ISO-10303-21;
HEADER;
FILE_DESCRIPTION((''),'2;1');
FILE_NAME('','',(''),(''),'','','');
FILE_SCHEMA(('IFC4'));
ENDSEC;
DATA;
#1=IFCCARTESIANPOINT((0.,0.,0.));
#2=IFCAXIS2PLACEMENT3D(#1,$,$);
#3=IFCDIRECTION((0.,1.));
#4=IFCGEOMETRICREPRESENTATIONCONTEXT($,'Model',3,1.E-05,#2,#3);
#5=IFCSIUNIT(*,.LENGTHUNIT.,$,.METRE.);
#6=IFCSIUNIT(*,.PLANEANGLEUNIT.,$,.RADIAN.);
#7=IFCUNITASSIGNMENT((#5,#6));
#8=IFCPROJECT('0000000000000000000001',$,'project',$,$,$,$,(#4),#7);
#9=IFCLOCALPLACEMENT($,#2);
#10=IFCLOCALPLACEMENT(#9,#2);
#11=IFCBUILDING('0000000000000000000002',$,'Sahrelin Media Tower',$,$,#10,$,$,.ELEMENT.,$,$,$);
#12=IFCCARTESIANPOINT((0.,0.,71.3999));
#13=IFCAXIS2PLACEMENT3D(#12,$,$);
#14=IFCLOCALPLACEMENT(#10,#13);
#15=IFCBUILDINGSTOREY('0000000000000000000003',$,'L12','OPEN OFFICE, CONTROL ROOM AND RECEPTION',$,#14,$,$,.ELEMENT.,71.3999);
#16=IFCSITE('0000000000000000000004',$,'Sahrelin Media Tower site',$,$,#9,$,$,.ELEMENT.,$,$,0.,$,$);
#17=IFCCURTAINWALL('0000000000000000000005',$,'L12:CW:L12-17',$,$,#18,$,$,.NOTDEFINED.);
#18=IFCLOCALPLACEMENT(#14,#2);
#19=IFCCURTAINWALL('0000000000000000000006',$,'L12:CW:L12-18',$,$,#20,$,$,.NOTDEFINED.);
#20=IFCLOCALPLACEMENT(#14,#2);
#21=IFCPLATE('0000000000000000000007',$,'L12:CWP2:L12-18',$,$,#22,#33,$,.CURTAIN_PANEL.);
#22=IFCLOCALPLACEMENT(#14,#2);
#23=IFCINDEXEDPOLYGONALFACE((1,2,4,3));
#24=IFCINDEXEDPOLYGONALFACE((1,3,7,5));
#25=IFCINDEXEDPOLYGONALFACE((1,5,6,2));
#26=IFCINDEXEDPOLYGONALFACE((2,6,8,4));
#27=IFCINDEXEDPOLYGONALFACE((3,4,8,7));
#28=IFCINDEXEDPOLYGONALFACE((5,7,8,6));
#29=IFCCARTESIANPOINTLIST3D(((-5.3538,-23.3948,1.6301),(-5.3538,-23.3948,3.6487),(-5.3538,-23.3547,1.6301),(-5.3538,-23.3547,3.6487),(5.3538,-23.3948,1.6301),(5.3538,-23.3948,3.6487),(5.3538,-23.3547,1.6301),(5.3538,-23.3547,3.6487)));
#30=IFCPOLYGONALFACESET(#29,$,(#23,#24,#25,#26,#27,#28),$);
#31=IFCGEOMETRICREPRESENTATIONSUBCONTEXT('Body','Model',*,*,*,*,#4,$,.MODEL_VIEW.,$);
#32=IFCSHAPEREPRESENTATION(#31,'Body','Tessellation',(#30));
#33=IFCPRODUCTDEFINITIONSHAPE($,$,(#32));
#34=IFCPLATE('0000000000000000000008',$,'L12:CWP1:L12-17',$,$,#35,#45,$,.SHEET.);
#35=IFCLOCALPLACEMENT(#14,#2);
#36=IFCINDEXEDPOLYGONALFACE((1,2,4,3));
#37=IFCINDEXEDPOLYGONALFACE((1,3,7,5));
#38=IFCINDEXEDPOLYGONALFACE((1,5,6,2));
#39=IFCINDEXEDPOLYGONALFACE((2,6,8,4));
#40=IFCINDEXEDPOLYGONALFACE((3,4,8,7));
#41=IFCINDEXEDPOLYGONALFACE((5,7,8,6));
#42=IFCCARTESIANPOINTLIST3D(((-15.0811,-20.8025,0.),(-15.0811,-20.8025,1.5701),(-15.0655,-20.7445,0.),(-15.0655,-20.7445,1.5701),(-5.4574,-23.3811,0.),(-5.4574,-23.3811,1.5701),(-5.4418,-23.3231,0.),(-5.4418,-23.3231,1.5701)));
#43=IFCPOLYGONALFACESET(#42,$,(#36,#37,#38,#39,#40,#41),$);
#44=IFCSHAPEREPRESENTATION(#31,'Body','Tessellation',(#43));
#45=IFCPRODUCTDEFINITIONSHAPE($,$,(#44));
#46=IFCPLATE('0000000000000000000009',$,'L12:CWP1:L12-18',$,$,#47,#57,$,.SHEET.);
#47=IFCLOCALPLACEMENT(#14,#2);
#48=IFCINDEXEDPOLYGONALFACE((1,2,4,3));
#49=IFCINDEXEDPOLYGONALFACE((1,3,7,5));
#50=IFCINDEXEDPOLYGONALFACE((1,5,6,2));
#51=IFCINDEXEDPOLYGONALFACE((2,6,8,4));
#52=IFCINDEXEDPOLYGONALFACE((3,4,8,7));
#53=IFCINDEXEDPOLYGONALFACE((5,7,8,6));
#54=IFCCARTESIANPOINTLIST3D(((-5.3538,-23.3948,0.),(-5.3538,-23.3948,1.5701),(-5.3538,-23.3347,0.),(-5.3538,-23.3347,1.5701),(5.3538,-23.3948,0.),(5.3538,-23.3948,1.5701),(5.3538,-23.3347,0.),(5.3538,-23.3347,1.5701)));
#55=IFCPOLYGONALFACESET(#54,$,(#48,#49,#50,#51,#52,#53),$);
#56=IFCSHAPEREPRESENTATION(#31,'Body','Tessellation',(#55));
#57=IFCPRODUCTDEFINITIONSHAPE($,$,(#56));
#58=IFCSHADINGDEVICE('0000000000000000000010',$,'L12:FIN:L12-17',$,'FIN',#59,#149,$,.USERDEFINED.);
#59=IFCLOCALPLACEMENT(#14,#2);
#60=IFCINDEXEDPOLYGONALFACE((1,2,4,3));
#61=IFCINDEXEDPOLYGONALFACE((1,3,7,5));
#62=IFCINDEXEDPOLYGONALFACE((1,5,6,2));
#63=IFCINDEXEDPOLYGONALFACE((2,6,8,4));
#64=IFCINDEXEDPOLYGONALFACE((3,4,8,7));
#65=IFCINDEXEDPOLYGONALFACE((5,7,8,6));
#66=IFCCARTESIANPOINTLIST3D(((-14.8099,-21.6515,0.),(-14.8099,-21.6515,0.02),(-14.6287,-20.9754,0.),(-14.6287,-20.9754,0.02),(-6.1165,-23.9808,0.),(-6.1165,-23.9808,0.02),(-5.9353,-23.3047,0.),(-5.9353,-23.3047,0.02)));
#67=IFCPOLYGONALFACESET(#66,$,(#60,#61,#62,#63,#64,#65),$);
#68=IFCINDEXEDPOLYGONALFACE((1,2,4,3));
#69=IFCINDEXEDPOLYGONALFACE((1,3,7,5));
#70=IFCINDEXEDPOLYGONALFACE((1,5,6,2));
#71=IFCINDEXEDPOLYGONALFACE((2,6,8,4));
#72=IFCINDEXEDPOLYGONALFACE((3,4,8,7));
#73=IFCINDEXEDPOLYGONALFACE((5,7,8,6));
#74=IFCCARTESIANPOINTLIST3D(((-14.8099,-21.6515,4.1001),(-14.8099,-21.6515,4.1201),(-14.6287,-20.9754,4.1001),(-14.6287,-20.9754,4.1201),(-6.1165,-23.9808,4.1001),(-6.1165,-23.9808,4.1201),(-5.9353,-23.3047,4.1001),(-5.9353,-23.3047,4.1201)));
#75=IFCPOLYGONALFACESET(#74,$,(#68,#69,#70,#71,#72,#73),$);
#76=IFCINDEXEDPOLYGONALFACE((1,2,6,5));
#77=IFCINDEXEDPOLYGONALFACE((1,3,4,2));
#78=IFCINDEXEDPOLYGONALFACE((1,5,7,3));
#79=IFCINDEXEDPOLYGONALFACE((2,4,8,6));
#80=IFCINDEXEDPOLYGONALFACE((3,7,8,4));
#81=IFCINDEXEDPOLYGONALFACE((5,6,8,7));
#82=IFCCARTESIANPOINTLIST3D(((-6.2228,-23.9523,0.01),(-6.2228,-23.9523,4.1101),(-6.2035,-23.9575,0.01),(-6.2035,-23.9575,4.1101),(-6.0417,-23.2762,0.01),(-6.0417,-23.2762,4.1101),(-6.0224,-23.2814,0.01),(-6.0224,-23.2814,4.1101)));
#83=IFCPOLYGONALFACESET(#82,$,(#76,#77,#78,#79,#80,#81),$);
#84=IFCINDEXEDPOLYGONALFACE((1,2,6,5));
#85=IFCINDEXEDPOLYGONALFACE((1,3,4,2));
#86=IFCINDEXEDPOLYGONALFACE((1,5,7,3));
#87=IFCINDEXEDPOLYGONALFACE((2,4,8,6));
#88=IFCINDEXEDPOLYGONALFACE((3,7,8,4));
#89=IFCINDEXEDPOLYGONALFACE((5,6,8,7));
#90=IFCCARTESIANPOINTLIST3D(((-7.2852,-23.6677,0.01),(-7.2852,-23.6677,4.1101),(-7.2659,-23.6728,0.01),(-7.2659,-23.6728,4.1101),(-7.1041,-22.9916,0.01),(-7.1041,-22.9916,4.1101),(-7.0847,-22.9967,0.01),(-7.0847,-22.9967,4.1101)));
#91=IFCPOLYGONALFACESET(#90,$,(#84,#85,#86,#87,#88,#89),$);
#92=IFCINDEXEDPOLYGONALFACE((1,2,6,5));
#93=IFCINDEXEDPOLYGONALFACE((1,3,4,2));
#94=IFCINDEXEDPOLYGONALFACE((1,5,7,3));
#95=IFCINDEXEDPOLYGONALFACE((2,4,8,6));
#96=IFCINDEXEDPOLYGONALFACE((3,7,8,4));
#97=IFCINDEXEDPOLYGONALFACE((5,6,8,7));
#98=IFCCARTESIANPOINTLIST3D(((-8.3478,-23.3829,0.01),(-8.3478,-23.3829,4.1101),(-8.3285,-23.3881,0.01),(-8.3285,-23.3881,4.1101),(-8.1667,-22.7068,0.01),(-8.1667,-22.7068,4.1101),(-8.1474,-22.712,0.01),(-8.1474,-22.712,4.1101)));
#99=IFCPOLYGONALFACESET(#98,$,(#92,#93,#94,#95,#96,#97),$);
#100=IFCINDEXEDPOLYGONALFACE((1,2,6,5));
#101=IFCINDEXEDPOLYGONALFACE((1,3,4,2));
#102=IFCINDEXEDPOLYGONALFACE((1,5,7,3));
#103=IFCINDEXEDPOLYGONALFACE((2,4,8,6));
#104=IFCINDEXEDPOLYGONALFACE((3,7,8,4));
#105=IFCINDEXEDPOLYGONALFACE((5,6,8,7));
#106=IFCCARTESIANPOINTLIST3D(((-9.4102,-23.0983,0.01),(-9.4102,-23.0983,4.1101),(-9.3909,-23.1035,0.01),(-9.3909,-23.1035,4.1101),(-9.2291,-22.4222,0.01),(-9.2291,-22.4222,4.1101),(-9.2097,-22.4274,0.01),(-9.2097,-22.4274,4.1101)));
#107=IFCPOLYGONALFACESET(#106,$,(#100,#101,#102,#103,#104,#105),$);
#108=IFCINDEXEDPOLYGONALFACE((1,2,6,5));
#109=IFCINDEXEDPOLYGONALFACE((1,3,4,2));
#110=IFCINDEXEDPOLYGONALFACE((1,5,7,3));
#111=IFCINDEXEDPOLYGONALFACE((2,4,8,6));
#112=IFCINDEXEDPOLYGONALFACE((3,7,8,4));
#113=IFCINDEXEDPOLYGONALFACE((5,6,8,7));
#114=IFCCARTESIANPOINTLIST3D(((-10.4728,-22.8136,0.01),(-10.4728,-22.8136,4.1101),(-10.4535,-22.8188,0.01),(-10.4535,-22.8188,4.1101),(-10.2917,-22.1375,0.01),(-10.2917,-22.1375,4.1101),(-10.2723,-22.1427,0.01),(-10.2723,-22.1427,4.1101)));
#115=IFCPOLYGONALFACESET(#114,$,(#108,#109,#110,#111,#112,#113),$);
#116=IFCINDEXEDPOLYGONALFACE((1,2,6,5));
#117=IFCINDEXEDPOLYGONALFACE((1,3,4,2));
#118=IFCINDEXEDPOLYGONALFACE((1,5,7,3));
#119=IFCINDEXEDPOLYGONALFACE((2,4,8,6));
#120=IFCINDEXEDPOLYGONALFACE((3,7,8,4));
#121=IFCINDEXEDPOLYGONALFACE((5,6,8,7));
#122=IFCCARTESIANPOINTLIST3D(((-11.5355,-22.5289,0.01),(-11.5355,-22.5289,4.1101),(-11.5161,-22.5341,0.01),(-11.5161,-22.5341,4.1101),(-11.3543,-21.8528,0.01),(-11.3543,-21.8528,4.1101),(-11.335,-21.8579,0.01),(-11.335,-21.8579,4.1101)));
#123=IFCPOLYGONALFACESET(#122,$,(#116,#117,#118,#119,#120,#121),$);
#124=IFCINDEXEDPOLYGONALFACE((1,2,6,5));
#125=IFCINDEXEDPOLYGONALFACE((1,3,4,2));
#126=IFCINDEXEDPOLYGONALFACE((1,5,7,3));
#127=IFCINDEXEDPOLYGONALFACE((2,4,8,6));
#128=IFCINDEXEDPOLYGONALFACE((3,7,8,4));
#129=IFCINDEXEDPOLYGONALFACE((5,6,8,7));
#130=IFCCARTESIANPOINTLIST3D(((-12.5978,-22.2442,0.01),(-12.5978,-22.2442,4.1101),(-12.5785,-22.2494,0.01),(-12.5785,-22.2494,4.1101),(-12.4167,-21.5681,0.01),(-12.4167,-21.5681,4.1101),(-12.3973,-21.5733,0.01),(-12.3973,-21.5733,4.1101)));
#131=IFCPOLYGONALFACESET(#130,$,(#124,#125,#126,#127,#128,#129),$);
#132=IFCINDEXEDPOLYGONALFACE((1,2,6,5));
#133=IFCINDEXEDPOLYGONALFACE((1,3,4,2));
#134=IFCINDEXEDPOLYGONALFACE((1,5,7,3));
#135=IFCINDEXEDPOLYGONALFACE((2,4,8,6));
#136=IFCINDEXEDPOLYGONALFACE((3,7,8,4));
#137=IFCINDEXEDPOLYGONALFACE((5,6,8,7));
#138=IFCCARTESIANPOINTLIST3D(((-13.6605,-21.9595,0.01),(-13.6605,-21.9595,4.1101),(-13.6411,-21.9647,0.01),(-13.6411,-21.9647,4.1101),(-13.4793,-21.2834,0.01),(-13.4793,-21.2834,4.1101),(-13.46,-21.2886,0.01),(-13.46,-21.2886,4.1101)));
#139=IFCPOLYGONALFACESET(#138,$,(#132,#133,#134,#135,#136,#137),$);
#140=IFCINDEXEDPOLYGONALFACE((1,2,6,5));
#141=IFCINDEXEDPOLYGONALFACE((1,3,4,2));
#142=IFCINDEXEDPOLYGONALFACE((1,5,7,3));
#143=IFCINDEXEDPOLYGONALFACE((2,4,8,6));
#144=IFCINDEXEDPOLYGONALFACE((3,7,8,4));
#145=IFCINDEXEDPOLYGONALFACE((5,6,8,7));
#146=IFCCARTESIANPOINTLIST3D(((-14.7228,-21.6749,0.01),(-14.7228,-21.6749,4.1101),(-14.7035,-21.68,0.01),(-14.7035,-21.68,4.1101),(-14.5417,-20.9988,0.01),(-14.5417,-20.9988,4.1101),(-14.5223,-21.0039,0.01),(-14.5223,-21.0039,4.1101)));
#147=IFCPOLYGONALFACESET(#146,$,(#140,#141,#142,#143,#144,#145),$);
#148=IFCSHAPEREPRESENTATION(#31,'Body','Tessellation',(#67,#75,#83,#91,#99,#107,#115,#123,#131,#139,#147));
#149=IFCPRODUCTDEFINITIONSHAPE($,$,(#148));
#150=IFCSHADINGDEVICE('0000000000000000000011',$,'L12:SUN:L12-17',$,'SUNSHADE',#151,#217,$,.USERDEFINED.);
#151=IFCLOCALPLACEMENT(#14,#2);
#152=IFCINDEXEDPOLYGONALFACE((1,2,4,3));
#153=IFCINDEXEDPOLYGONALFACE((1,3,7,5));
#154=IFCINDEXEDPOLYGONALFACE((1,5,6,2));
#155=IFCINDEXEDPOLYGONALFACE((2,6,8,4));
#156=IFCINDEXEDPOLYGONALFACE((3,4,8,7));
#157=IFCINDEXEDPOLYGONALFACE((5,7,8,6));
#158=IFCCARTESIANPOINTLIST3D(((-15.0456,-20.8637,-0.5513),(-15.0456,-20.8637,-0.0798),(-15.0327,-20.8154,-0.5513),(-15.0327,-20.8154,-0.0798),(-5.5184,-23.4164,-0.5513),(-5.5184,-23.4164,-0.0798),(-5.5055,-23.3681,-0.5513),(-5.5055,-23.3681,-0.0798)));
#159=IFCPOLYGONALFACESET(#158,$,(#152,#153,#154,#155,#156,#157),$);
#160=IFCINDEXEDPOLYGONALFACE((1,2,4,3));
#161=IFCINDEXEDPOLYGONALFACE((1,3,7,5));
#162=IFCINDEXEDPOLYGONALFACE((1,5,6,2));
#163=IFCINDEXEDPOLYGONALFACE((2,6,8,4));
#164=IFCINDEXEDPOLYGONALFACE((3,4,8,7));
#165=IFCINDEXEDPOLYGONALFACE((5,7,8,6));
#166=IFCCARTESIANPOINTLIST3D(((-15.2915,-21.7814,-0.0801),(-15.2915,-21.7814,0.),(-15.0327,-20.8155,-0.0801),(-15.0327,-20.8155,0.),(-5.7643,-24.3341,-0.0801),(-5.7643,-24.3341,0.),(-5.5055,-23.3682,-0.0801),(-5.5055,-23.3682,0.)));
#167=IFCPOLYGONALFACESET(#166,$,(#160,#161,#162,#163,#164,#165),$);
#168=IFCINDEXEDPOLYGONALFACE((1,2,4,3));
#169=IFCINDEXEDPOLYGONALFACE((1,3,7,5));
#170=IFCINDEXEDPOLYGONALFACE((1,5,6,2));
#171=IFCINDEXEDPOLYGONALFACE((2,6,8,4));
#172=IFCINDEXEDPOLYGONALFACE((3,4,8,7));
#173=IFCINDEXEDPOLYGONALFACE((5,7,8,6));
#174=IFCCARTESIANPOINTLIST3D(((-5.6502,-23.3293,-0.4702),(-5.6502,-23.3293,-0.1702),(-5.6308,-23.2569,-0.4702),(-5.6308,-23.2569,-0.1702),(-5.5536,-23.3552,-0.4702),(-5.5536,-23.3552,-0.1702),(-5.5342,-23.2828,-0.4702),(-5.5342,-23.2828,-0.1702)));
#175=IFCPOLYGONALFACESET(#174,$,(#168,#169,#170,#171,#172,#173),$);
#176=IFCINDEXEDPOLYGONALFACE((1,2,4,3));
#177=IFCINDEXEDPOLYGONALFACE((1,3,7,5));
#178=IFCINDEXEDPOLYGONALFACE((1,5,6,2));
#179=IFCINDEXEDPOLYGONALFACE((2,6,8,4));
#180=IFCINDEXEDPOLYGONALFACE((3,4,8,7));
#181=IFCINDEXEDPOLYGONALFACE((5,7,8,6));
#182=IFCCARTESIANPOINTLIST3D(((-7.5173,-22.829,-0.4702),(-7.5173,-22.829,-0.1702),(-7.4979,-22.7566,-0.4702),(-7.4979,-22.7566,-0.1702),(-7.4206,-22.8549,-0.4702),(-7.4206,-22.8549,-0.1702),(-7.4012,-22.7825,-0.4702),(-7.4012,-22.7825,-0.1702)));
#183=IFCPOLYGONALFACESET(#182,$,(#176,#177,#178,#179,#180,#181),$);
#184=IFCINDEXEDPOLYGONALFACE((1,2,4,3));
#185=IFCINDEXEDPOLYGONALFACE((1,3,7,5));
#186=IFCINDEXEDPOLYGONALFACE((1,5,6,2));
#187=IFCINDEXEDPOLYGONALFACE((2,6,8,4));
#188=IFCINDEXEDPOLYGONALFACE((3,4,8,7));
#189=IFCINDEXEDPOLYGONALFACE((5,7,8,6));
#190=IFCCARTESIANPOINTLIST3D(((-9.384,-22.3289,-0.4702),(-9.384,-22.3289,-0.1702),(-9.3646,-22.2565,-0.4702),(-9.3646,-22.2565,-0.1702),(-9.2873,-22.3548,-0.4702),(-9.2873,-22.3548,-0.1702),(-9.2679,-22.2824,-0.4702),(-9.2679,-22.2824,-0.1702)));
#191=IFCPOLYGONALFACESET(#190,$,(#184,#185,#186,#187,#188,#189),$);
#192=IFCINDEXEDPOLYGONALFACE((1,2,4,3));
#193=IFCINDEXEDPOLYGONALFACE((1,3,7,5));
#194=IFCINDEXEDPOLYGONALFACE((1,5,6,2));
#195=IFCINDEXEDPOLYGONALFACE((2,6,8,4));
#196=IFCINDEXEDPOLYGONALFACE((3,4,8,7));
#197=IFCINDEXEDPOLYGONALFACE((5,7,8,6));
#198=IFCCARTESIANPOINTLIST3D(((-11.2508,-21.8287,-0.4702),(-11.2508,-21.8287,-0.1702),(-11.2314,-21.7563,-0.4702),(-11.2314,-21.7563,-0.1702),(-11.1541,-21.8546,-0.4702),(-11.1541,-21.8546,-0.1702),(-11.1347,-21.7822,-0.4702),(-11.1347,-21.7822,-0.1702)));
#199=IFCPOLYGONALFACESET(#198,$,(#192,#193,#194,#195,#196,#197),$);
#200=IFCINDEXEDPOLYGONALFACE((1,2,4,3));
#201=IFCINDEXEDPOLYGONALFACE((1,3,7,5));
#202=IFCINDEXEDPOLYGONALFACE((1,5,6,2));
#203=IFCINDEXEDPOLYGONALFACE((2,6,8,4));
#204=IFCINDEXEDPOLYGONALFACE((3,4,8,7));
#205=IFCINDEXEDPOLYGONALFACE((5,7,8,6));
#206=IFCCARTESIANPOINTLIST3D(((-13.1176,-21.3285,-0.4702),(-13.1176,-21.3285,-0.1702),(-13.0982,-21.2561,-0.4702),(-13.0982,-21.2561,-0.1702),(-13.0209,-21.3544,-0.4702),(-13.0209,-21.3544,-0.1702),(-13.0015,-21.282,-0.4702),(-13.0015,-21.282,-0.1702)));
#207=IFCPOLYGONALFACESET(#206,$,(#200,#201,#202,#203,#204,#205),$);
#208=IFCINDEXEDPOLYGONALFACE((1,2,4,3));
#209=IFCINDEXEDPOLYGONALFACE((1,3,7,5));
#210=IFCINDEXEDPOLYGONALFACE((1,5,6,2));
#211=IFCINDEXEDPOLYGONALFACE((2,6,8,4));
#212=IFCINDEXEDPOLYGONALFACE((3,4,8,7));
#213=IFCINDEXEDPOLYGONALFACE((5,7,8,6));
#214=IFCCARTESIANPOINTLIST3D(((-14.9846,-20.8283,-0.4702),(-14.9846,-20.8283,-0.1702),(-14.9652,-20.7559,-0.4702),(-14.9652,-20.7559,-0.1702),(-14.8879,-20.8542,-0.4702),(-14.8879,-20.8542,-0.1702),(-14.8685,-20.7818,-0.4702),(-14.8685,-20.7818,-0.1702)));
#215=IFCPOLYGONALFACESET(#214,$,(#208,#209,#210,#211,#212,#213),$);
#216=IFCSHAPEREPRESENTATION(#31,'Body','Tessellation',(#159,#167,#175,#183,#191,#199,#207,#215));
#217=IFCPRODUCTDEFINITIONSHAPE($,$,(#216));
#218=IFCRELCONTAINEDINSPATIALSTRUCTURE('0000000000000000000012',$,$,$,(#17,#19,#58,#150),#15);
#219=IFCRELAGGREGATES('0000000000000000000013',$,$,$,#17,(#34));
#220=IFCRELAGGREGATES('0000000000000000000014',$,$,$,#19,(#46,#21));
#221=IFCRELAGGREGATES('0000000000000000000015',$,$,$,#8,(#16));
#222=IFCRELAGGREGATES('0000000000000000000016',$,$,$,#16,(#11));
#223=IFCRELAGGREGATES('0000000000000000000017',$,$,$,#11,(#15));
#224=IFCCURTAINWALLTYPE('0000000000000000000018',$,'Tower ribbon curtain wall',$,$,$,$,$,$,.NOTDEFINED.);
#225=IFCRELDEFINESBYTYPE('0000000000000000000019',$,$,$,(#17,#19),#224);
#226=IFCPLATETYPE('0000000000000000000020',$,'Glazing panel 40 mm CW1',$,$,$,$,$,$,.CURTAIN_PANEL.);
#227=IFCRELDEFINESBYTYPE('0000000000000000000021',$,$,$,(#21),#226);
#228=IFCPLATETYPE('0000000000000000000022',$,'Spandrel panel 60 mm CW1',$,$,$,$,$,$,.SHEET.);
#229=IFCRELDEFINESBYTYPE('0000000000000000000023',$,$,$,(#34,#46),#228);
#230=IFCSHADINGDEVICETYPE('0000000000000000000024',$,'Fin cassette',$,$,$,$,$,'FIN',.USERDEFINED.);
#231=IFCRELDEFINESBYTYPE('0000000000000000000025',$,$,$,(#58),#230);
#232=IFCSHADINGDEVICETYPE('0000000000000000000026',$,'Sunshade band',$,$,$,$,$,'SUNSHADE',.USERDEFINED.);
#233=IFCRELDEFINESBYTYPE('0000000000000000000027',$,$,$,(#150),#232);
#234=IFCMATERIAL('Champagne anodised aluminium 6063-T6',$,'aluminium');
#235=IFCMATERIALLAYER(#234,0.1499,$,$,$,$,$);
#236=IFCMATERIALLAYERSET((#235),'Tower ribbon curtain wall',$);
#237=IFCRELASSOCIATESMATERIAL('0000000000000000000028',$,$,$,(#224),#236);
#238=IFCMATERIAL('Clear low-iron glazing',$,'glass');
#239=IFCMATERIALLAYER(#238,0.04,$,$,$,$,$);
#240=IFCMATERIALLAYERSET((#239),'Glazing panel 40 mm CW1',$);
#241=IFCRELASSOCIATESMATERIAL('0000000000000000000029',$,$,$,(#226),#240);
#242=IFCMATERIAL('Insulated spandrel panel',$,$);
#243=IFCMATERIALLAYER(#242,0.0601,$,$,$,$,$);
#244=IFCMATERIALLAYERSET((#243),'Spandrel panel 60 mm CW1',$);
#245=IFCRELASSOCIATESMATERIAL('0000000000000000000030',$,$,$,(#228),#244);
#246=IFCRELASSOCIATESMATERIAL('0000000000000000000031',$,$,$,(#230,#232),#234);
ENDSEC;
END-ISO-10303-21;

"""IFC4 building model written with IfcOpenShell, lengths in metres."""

from ifc_helpers import new_model, si_unit, direction, frame, origin, origin_2d, place, context, subcontext, project, spatial, polyline, rectangle, outline, extrude, material, layer, layer_set, type_object, element, aggregate, save


model = new_model("IFC4")

# Units and contexts
model_context = context("Model", 3, precision=1e-05, world=origin(), true_north=direction((0.0, 1.0)))
body_context = subcontext(model_context, "Body", "Model", "MODEL_VIEW")
ifc_project = project(units=[si_unit("LENGTHUNIT", "METRE"), si_unit("PLANEANGLEUNIT", "RADIAN")], contexts=[model_context])

# Site, building, storey
site_placement = place(None, origin())
site = spatial("IfcSite", under=ifc_project, at=site_placement, Name="Sahrelin Media Tower site", CompositionType="ELEMENT", RefElevation=0.0)
building_placement = place(site_placement, origin())
building = spatial("IfcBuilding", under=site, at=building_placement, Name="Sahrelin Media Tower", CompositionType="ELEMENT")
storey_placement = place(building_placement, frame((0.0, 0.0, 71.3999)))
storey = spatial("IfcBuildingStorey", under=building, at=storey_placement, Name="L12", Description="OPEN OFFICE, CONTROL ROOM AND RECEPTION", CompositionType="ELEMENT", Elevation=71.3999)

# Curtain wall
ifc_material_1 = material(Name="Champagne anodised aluminium 6063-T6", Category="aluminium")
ifc_layer_1 = layer(ifc_material_1, 0.1499)
ifc_layer_set_1 = layer_set([ifc_layer_1], Name="Tower ribbon curtain wall")
curtain_wall_type = type_object("IfcCurtainWallType", Name="Tower ribbon curtain wall", PredefinedType="NOTDEFINED", material=ifc_layer_set_1)
curtain_wall_1_placement = place(storey_placement, frame((-10.2639, -22.0725, 0.0), z_axis=(0.0, 0.0, 1.0), x_axis=(1.0, 0.0, 0.0)))
curtain_wall_1 = element("IfcCurtainWall", 1, at=curtain_wall_1_placement, inside=storey, type_object=curtain_wall_type, Name="L12:CW:L12-17", PredefinedType="NOTDEFINED")

# Curtain wall
curtain_wall_2_placement = place(storey_placement, frame((0.0, -23.3748, 0.0), z_axis=(0.0, 0.0, 1.0), x_axis=(1.0, 0.0, 0.0)))
curtain_wall_2 = element("IfcCurtainWall", 2, at=curtain_wall_2_placement, inside=storey, type_object=curtain_wall_type, Name="L12:CW:L12-18", PredefinedType="NOTDEFINED")

# Plates
ifc_material_2 = material(Name="Clear low-iron glazing", Category="glass")
ifc_layer_2 = layer(ifc_material_2, 0.04)
ifc_layer_set_2 = layer_set([ifc_layer_2], Name="Glazing panel 40 mm CW1")
plate_type_1 = type_object("IfcPlateType", Name="Glazing panel 40 mm CW1", PredefinedType="CURTAIN_PANEL", material=ifc_layer_set_2)
plate_1_placement = place(storey_placement, frame((-5.3538, -23.3948, 1.6301), z_axis=(0.0, -1.0, 0.0), x_axis=(1.0, 0.0, 0.0)))
plate_1 = element("IfcPlate", 3, at=plate_1_placement, type_object=plate_type_1, Name="L12:CWP2:L12-18", PredefinedType="CURTAIN_PANEL", context=body_context, shape_type="SweptSolid", body=[
    extrude(outline(polyline([(0.0, 0.0), (10.7075, 0.0), (10.7075, 2.0186), (0.0, 2.0186), (0.0, 0.0)])), origin(), (0.0, 0.0, -1.0), 0.04),
])
ifc_material_3 = material(Name="Insulated spandrel panel")
ifc_layer_3 = layer(ifc_material_3, 0.0601)
ifc_layer_set_3 = layer_set([ifc_layer_3], Name="Spandrel panel 60 mm CW1")
plate_type_2 = type_object("IfcPlateType", Name="Spandrel panel 60 mm CW1", PredefinedType="SHEET", material=ifc_layer_set_3)
plate_2_placement = place(storey_placement, frame((-15.0811, -20.8025, 0.0), z_axis=(-0.258812, -0.965928, 0.0), x_axis=(0.965928, -0.258812, 0.0)))
plate_2 = element("IfcPlate", 4, at=plate_2_placement, type_object=plate_type_2, Name="L12:CWP1:L12-17", PredefinedType="SHEET", context=body_context, shape_type="SweptSolid", body=[
    extrude(outline(polyline([(0.0, 0.0), (9.9631, 0.0), (9.9631, 1.5701), (0.0, 1.5701), (0.0, 0.0)])), origin(), (0.0, 0.0, -1.0), 0.0601),
])
aggregate(curtain_wall_1, [plate_2])
plate_3_placement = place(storey_placement, frame((-5.3538, -23.3948, 0.0), z_axis=(0.0, -1.0, 0.0), x_axis=(1.0, 0.0, 0.0)))
plate_3 = element("IfcPlate", 5, at=plate_3_placement, type_object=plate_type_2, Name="L12:CWP1:L12-18", PredefinedType="SHEET", context=body_context, shape_type="SweptSolid", body=[
    extrude(outline(polyline([(0.0, 0.0), (10.7075, 0.0), (10.7075, 1.5701), (0.0, 1.5701), (0.0, 0.0)])), origin(), (0.0, 0.0, -1.0), 0.0601),
])
aggregate(curtain_wall_2, [plate_3, plate_1])

# Shading devices
shading_device_type_1 = type_object("IfcShadingDeviceType", Name="Fin cassette", ElementType="FIN", PredefinedType="USERDEFINED", material=ifc_material_1)
placement = place(storey_placement, frame((-10.2639, -22.0725, 0.0), z_axis=(0.0, 0.0, 1.0), x_axis=(-0.965929, 0.258808, 0.0)))
element("IfcShadingDevice", 6, at=placement, inside=storey, type_object=shading_device_type_1, Name="L12:FIN:L12-17", ObjectType="FIN", PredefinedType="USERDEFINED", context=body_context, shape_type="SweptSolid", body=[
    extrude(rectangle(XDim=9.0, YDim=0.7, at=origin_2d()), frame((0.0, 0.4199, 0.0)), (0.0, 0.0, 1.0), 0.02),
    extrude(rectangle(XDim=9.0, YDim=0.7, at=origin_2d()), frame((0.0, 0.4199, 4.1001)), (0.0, 0.0, 1.0), 0.02),
    extrude(rectangle(XDim=0.02, YDim=0.7, at=origin_2d()), frame((-4.3999, 0.4199, 0.01), z_axis=(0.0, 0.0, 1.0), x_axis=(1.0, 0.0, 0.0)), (0.0, 0.0, 1.0), 4.1001),
    extrude(rectangle(XDim=0.02, YDim=0.7, at=origin_2d()), frame((-3.3, 0.4199, 0.01), z_axis=(0.0, 0.0, 1.0), x_axis=(1.0, 0.0, 0.0)), (0.0, 0.0, 1.0), 4.1001),
    extrude(rectangle(XDim=0.02, YDim=0.7, at=origin_2d()), frame((-2.2, 0.4199, 0.01), z_axis=(0.0, 0.0, 1.0), x_axis=(1.0, 0.0, 0.0)), (0.0, 0.0, 1.0), 4.1001),
    extrude(rectangle(XDim=0.02, YDim=0.7, at=origin_2d()), frame((-1.1001, 0.4199, 0.01), z_axis=(0.0, 0.0, 1.0), x_axis=(1.0, 0.0, 0.0)), (0.0, 0.0, 1.0), 4.1001),
    extrude(rectangle(XDim=0.02, YDim=0.7, at=origin_2d()), frame((0.0, 0.4199, 0.01), z_axis=(0.0, 0.0, 1.0), x_axis=(1.0, 0.0, 0.0)), (0.0, 0.0, 1.0), 4.1001),
    extrude(rectangle(XDim=0.02, YDim=0.7, at=origin_2d()), frame((1.1001, 0.4199, 0.01), z_axis=(0.0, 0.0, 1.0), x_axis=(1.0, 0.0, 0.0)), (0.0, 0.0, 1.0), 4.1001),
    extrude(rectangle(XDim=0.02, YDim=0.7, at=origin_2d()), frame((2.2, 0.4199, 0.01), z_axis=(0.0, 0.0, 1.0), x_axis=(1.0, 0.0, 0.0)), (0.0, 0.0, 1.0), 4.1001),
    extrude(rectangle(XDim=0.02, YDim=0.7, at=origin_2d()), frame((3.3, 0.4199, 0.01), z_axis=(0.0, 0.0, 1.0), x_axis=(1.0, 0.0, 0.0)), (0.0, 0.0, 1.0), 4.1001),
    extrude(rectangle(XDim=0.02, YDim=0.7, at=origin_2d()), frame((4.3999, 0.4199, 0.01), z_axis=(0.0, 0.0, 1.0), x_axis=(1.0, 0.0, 0.0)), (0.0, 0.0, 1.0), 4.1001),
])
shading_device_type_2 = type_object("IfcShadingDeviceType", Name="Sunshade band", ElementType="SUNSHADE", PredefinedType="USERDEFINED", material=ifc_material_1)
element("IfcShadingDevice", 7, at=placement, inside=storey, type_object=shading_device_type_2, Name="L12:SUN:L12-17", ObjectType="SUNSHADE", PredefinedType="USERDEFINED", context=body_context, shape_type="SweptSolid", body=[
    extrude(rectangle(XDim=9.8633, YDim=0.05, at=origin_2d()), frame((0.0, 0.0449, -0.5513)), (0.0, 0.0, 1.0), 0.4714),
    extrude(rectangle(XDim=9.8633, YDim=1.0, at=origin_2d()), frame((0.0, 0.52, -0.0801)), (0.0, 0.0, 1.0), 0.0801),
    extrude(rectangle(XDim=0.1001, YDim=0.075, at=origin_2d()), frame((-4.8318, -0.0176, -0.4702)), (0.0, 0.0, 1.0), 0.3),
    extrude(rectangle(XDim=0.1001, YDim=0.075, at=origin_2d()), frame((-2.8989, -0.0176, -0.4702)), (0.0, 0.0, 1.0), 0.3),
    extrude(rectangle(XDim=0.1001, YDim=0.075, at=origin_2d()), frame((-0.9663, -0.0176, -0.4702)), (0.0, 0.0, 1.0), 0.3),
    extrude(rectangle(XDim=0.1001, YDim=0.075, at=origin_2d()), frame((0.9663, -0.0176, -0.4702)), (0.0, 0.0, 1.0), 0.3),
    extrude(rectangle(XDim=0.1001, YDim=0.075, at=origin_2d()), frame((2.8989, -0.0176, -0.4702)), (0.0, 0.0, 1.0), 0.3),
    extrude(rectangle(XDim=0.1001, YDim=0.075, at=origin_2d()), frame((4.8318, -0.0176, -0.4702)), (0.0, 0.0, 1.0), 0.3),
])

save(model, "model.ifc")
